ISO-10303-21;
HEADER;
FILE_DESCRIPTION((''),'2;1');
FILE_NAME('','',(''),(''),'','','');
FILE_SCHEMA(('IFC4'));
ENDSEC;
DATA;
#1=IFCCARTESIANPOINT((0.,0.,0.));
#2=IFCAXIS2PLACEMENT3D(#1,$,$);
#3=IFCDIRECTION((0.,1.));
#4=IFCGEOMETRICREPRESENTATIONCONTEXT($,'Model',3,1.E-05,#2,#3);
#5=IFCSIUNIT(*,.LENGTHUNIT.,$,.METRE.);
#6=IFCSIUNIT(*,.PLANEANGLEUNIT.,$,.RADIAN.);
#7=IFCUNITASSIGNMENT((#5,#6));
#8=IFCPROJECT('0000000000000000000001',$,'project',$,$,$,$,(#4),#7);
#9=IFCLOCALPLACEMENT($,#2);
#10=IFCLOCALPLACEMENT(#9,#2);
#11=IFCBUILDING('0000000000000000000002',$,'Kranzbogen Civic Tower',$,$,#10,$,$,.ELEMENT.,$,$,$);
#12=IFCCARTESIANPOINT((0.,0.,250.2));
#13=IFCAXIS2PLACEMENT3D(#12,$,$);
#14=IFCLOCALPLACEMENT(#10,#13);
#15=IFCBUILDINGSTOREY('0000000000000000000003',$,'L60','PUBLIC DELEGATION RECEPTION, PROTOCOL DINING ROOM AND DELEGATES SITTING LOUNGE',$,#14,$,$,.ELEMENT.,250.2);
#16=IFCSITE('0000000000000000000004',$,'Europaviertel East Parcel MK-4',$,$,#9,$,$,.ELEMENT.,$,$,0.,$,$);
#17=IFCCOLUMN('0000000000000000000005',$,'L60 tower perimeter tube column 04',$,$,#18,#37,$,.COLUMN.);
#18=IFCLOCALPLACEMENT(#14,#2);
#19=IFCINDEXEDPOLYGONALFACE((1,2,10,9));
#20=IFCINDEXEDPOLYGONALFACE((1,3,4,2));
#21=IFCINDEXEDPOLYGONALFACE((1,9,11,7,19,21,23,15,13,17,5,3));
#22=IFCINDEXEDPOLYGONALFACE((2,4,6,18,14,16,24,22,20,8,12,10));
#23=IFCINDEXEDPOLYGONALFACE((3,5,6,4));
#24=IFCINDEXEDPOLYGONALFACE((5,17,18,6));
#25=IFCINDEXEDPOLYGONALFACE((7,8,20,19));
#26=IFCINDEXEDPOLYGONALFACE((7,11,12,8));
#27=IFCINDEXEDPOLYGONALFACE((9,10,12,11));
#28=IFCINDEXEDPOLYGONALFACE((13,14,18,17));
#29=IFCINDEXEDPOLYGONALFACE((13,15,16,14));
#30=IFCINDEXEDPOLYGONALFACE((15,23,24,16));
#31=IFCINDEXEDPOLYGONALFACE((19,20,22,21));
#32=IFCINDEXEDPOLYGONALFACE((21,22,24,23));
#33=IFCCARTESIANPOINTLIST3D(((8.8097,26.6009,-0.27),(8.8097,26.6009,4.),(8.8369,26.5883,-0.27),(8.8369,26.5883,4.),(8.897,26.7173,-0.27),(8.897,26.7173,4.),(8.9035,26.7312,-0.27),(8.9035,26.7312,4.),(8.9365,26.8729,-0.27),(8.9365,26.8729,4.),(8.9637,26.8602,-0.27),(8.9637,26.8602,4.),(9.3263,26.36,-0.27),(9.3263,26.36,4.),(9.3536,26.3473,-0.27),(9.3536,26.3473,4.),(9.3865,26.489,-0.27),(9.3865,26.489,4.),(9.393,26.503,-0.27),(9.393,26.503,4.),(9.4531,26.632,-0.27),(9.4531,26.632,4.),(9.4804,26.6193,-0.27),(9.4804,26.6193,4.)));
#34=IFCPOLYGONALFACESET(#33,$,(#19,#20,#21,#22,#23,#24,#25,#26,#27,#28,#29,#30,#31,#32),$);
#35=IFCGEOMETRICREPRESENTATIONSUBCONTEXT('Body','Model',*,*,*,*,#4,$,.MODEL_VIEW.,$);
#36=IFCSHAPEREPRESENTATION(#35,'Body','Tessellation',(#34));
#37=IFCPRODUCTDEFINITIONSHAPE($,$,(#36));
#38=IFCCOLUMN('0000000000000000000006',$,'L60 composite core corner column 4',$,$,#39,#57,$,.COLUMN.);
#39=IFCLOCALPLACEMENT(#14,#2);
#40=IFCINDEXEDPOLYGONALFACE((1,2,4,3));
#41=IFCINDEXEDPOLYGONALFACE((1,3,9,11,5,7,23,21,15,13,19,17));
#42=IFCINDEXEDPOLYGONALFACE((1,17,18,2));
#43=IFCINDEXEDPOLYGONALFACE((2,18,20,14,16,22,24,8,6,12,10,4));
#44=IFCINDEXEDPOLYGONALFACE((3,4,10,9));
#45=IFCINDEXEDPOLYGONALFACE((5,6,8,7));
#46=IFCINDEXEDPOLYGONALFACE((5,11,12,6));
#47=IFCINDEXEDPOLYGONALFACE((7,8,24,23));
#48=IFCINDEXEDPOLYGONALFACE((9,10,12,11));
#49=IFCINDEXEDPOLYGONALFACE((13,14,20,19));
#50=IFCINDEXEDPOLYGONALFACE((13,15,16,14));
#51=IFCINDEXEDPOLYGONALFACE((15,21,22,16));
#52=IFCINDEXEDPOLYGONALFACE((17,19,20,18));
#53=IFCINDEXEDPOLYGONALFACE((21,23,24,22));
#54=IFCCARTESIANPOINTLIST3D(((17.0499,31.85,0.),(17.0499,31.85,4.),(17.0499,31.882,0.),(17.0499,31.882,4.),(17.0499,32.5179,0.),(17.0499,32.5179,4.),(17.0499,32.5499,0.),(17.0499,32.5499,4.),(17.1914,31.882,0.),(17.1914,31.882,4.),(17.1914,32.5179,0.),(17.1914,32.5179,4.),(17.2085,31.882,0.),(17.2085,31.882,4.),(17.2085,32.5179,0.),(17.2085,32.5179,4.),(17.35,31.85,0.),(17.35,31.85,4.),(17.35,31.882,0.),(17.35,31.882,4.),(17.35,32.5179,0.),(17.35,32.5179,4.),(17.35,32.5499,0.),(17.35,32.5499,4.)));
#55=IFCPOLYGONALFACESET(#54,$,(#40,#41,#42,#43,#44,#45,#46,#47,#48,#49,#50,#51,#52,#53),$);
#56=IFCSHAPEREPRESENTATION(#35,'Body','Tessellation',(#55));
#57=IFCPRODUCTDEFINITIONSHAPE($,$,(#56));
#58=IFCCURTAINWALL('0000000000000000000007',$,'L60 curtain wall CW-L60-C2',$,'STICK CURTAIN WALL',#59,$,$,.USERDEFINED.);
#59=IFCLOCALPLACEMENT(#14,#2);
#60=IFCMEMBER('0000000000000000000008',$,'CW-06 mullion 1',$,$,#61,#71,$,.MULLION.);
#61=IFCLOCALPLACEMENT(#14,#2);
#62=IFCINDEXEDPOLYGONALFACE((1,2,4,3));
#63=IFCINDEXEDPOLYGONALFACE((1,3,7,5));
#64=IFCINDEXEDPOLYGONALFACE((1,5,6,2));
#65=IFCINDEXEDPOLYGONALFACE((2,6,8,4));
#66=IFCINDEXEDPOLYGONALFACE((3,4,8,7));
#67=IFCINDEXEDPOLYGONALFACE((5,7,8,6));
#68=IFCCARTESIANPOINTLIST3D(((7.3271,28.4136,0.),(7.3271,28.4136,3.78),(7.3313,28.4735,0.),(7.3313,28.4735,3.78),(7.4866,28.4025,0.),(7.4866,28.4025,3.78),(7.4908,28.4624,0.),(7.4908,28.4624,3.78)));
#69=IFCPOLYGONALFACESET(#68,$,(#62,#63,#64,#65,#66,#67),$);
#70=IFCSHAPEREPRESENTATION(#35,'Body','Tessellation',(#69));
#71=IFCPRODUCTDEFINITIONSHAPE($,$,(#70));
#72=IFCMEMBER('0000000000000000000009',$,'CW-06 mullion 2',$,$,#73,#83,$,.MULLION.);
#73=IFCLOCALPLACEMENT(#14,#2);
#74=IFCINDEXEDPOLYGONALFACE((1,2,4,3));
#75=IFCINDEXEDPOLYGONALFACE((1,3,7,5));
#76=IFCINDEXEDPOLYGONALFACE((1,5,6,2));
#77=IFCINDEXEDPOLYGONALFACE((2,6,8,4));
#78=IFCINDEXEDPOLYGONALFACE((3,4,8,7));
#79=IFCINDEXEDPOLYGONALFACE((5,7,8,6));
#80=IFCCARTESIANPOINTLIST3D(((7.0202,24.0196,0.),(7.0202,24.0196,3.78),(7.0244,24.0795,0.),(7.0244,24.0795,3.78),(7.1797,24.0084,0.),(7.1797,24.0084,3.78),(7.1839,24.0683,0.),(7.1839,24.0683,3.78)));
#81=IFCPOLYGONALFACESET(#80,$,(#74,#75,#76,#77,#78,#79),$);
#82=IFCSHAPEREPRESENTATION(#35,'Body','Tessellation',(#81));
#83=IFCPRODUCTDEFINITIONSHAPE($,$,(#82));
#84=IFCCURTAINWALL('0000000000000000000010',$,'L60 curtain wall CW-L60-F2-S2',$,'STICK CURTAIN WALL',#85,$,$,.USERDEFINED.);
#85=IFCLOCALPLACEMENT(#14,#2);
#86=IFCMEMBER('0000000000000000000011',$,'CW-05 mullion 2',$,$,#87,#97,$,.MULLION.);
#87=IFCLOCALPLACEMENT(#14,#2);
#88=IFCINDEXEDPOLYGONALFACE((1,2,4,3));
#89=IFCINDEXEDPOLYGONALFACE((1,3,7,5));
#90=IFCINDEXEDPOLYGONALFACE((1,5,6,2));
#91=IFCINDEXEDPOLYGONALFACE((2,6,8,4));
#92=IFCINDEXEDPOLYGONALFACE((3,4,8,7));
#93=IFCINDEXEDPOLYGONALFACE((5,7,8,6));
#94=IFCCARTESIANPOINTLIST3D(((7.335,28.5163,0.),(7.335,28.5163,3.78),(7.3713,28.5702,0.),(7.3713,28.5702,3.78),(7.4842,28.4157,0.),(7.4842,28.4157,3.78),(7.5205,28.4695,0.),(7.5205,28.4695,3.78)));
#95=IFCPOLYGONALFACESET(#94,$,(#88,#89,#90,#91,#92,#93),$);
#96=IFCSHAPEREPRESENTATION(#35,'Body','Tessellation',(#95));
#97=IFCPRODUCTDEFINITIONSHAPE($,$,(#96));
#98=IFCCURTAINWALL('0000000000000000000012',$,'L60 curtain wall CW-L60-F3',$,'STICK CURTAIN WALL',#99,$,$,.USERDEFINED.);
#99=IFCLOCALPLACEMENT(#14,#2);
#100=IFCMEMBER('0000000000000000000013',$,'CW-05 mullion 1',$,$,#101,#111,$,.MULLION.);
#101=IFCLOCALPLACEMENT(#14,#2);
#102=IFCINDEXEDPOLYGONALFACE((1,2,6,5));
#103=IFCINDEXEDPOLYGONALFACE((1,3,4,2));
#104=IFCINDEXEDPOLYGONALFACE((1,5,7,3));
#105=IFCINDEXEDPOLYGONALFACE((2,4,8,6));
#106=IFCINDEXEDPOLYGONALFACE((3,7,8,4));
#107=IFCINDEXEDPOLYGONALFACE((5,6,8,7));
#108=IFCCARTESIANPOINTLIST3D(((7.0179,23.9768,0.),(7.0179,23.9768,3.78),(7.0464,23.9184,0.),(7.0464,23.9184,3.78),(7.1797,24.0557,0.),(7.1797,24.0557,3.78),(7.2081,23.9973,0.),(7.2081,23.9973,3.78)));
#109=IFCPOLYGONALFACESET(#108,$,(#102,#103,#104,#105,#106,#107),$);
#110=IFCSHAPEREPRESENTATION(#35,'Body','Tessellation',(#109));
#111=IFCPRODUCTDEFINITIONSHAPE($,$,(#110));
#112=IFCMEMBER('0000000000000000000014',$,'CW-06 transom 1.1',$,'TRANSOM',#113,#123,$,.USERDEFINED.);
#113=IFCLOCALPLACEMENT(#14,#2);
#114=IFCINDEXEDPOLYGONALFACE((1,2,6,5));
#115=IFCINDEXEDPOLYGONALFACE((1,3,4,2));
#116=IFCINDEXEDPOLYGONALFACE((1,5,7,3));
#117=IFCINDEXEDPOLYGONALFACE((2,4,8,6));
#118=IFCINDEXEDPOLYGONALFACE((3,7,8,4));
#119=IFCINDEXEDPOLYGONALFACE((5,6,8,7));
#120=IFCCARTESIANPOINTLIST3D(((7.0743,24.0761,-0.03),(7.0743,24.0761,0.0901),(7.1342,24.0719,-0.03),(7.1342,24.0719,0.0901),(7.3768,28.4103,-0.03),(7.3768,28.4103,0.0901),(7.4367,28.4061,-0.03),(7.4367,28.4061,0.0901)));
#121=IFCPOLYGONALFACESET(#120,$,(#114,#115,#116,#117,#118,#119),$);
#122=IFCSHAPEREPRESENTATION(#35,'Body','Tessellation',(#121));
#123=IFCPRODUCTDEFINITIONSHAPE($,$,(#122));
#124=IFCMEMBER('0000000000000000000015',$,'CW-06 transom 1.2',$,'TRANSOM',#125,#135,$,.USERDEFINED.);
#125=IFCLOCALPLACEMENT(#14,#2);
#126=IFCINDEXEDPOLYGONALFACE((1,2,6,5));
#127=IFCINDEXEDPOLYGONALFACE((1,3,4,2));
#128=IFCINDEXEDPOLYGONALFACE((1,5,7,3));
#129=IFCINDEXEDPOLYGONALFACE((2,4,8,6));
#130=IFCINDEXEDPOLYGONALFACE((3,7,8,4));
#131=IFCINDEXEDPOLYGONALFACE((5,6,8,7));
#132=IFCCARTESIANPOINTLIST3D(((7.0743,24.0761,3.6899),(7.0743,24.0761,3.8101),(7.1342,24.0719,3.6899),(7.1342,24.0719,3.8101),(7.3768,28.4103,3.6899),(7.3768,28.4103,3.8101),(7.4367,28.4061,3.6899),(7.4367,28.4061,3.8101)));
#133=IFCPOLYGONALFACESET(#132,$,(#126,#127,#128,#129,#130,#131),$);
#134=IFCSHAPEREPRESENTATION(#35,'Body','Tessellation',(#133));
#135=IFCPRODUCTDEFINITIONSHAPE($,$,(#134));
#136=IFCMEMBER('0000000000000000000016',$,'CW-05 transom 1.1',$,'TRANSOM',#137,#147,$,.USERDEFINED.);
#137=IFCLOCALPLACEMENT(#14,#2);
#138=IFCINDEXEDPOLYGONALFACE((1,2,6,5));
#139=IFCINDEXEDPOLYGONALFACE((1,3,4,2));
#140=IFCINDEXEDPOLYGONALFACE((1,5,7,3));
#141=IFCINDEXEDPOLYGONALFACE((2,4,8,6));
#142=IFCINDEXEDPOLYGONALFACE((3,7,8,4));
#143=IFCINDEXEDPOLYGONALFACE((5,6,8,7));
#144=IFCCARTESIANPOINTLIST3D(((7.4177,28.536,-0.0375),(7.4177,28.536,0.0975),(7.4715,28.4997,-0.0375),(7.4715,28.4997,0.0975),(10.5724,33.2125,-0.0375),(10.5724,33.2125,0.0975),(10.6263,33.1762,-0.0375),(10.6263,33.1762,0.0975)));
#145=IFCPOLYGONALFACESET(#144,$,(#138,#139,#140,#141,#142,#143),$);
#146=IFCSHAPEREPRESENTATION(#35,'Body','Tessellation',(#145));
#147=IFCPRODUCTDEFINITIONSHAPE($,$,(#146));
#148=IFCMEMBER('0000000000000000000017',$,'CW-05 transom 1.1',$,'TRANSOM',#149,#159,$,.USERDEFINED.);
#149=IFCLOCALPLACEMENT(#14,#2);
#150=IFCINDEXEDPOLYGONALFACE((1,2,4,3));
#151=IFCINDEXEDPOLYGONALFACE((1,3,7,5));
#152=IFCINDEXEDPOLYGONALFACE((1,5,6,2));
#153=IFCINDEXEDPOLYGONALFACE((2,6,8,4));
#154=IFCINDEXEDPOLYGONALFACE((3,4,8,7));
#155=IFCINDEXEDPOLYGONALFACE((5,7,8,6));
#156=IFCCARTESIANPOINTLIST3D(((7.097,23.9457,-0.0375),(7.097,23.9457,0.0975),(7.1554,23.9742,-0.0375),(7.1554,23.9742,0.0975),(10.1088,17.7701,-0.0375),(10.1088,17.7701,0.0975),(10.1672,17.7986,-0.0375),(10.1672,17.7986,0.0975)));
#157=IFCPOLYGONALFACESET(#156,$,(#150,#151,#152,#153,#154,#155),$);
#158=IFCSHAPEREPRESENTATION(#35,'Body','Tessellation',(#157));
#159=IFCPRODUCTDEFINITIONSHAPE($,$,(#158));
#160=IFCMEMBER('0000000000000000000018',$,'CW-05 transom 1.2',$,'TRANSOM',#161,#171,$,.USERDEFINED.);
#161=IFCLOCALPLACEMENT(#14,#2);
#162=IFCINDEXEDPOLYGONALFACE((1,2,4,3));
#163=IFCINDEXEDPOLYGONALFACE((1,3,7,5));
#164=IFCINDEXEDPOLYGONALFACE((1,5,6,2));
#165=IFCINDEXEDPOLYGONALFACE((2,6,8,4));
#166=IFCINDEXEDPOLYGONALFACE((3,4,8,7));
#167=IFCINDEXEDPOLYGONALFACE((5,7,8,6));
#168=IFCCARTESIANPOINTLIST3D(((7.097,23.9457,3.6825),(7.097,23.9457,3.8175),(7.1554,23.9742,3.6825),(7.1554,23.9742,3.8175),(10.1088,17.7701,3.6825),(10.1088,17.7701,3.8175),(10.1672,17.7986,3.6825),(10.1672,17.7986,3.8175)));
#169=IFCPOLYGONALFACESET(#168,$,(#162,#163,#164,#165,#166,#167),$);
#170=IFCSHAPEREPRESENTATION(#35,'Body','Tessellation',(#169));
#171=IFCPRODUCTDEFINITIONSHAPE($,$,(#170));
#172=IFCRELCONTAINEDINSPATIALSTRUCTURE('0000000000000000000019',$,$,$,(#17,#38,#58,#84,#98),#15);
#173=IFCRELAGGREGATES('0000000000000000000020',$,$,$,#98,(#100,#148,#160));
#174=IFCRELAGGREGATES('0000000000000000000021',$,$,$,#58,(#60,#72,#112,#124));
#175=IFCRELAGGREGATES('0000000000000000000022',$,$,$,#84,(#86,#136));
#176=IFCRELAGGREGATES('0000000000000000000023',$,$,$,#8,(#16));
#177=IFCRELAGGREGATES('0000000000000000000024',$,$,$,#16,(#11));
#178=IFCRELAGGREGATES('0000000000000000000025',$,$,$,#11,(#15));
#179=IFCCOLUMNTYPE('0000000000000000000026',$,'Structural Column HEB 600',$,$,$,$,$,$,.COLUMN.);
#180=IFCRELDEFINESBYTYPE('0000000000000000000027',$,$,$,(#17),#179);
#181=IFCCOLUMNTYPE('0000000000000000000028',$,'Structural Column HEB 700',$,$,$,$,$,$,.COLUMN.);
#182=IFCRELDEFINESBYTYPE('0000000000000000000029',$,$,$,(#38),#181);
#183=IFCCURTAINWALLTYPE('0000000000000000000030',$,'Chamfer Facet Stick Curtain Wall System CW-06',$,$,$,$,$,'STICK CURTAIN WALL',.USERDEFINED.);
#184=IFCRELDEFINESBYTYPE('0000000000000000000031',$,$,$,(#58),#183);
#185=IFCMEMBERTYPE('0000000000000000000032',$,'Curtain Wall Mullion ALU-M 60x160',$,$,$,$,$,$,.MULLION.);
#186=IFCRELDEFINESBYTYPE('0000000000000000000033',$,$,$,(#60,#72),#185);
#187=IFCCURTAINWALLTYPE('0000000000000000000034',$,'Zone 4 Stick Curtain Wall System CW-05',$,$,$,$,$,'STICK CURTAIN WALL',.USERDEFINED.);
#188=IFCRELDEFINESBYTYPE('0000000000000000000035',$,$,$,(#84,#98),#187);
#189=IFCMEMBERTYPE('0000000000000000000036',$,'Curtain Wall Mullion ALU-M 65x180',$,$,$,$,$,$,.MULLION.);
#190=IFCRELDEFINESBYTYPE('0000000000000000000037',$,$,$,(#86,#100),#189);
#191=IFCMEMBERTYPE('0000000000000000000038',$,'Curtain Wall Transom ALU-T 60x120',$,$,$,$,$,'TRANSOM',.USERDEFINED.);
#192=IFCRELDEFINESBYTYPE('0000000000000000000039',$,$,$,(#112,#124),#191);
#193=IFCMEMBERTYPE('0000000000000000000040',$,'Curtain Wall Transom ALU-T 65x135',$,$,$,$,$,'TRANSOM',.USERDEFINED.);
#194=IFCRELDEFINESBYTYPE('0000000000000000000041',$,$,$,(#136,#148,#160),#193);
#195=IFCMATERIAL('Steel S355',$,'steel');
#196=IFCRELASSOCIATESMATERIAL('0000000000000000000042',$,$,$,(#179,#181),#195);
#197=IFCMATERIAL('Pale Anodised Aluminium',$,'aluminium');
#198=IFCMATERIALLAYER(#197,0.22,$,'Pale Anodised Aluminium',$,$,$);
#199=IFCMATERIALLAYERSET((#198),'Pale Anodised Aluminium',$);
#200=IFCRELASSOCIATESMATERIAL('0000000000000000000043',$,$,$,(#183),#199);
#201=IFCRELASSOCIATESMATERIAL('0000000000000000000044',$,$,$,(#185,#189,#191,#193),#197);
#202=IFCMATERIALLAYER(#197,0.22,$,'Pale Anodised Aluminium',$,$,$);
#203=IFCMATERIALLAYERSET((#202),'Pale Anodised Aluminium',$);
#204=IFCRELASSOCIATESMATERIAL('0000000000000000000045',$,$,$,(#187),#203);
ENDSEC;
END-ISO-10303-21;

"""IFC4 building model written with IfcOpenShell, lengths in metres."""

from ifc_helpers import new_model, si_unit, direction, frame, origin, origin_2d, place, context, subcontext, project, spatial, rectangle, i_section, extrude, material, layer, layer_set, material_profile, profile_set, type_object, element, aggregate, save


model = new_model("IFC4")

# Units and contexts
model_context = context("Model", 3, precision=1e-05, world=origin(), true_north=direction((0.0, 1.0)))
body_context = subcontext(model_context, "Body", "Model", "MODEL_VIEW")
ifc_project = project(units=[si_unit("LENGTHUNIT", "METRE"), si_unit("PLANEANGLEUNIT", "RADIAN")], contexts=[model_context])

# Site, building, storey
site_placement = place(None, origin())
site = spatial("IfcSite", under=ifc_project, at=site_placement, Name="Europaviertel East Parcel MK-4", CompositionType="ELEMENT", RefElevation=0.0)
building_placement = place(site_placement, origin())
building = spatial("IfcBuilding", under=site, at=building_placement, Name="Kranzbogen Civic Tower", CompositionType="ELEMENT")
storey_placement = place(building_placement, frame((0.0, 0.0, 250.2)))
storey = spatial("IfcBuildingStorey", under=building, at=storey_placement, Name="L60", Description="PUBLIC DELEGATION RECEPTION, PROTOCOL DINING ROOM AND DELEGATES SITTING LOUNGE", CompositionType="ELEMENT", Elevation=250.2)

# Columns
ifc_material_1 = material(Name="Steel S355", Category="steel")
ifc_material_profile_1 = material_profile(ifc_material_1, i_section(OverallWidth=0.3, OverallDepth=0.6001, WebThickness=0.0154, FlangeThickness=0.03, at=origin_2d()), Name="HEB 600")
ifc_profile_set_1 = profile_set([ifc_material_profile_1], Name="Steel S355")
column_type_1 = type_object("IfcColumnType", Name="Structural Column HEB 600", PredefinedType="COLUMN", material=ifc_profile_set_1)
column_1_placement = place(storey_placement, frame((9.145, 26.6101, -0.27), z_axis=(0.0, 0.0, 1.0), x_axis=(0.422618, 0.906308, 0.0)))
element("IfcColumn", 1, at=column_1_placement, inside=storey, type_object=column_type_1, Name="L60 tower perimeter tube column 04", PredefinedType="COLUMN", context=body_context, shape_type="SweptSolid", body=[
    extrude(i_section(OverallWidth=0.3, OverallDepth=0.6001, WebThickness=0.0154, FlangeThickness=0.03, at=origin_2d()), origin(), (0.0, 0.0, 1.0), 4.27),
])
ifc_material_profile_2 = material_profile(ifc_material_1, i_section(OverallWidth=0.3, OverallDepth=0.7, WebThickness=0.0171, FlangeThickness=0.032, at=origin_2d()), Name="HEB 700")
ifc_profile_set_2 = profile_set([ifc_material_profile_2], Name="Steel S355")
column_type_2 = type_object("IfcColumnType", Name="Structural Column HEB 700", PredefinedType="COLUMN", material=ifc_profile_set_2)
column_2_placement = place(storey_placement, frame((17.2, 32.2, 0.0), z_axis=(0.0, 0.0, 1.0), x_axis=(1.0, 0.0, 0.0)))
element("IfcColumn", 2, at=column_2_placement, inside=storey, type_object=column_type_2, Name="L60 composite core corner column 4", PredefinedType="COLUMN", context=body_context, shape_type="SweptSolid", body=[
    extrude(i_section(OverallWidth=0.3, OverallDepth=0.7, WebThickness=0.0171, FlangeThickness=0.032, at=origin_2d()), origin(), (0.0, 0.0, 1.0), 4.0),
])

# Curtain wall, members
ifc_material_2 = material(Name="Pale Anodised Aluminium", Category="aluminium")
ifc_layer_1 = layer(ifc_material_2, 0.22, Name="Pale Anodised Aluminium")
ifc_layer_set_1 = layer_set([ifc_layer_1], Name="Pale Anodised Aluminium")
curtain_wall_type_1 = type_object("IfcCurtainWallType", Name="Chamfer Facet Stick Curtain Wall System CW-06", ElementType="STICK CURTAIN WALL", PredefinedType="USERDEFINED", material=ifc_layer_set_1)
curtain_wall_1_placement = place(storey_placement, origin())
curtain_wall_1 = element("IfcCurtainWall", 3, at=curtain_wall_1_placement, inside=storey, type_object=curtain_wall_type_1, Name="L60 curtain wall CW-L60-C2", ObjectType="STICK CURTAIN WALL", PredefinedType="USERDEFINED")
ifc_material_profile_3 = material_profile(ifc_material_2, rectangle(XDim=0.0601, YDim=0.1599, at=origin_2d()), Name="ALU-M 60x160")
ifc_profile_set_3 = profile_set([ifc_material_profile_3], Name="Pale Anodised Aluminium")
member_type_1 = type_object("IfcMemberType", Name="Curtain Wall Mullion ALU-M 60x160", PredefinedType="MULLION", material=ifc_profile_set_3)
member_1_placement = place(storey_placement, frame((7.4089, 28.438, 0.0), z_axis=(0.0, 0.0, 1.0), x_axis=(-0.069655, -0.997571, 0.0)))
member_1 = element("IfcMember", 4, at=member_1_placement, type_object=member_type_1, Name="CW-06 mullion 1", PredefinedType="MULLION", context=body_context, shape_type="SweptSolid", body=[
    extrude(rectangle(XDim=0.0601, YDim=0.1599, at=origin_2d()), origin(), (0.0, 0.0, 1.0), 3.78),
])
member_2_placement = place(storey_placement, frame((7.1021, 24.0439, 0.0), z_axis=(0.0, 0.0, 1.0), x_axis=(-0.069655, -0.997571, 0.0)))
member_2 = element("IfcMember", 5, at=member_2_placement, type_object=member_type_1, Name="CW-06 mullion 2", PredefinedType="MULLION", context=body_context, shape_type="SweptSolid", body=[
    extrude(rectangle(XDim=0.0601, YDim=0.1599, at=origin_2d()), origin(), (0.0, 0.0, 1.0), 3.78),
])

# Curtain walls, members
ifc_layer_2 = layer(ifc_material_2, 0.22, Name="Pale Anodised Aluminium")
ifc_layer_set_2 = layer_set([ifc_layer_2], Name="Pale Anodised Aluminium")
curtain_wall_type_2 = type_object("IfcCurtainWallType", Name="Zone 4 Stick Curtain Wall System CW-05", ElementType="STICK CURTAIN WALL", PredefinedType="USERDEFINED", material=ifc_layer_set_2)
curtain_wall_2_placement = place(storey_placement, origin())
curtain_wall_2 = element("IfcCurtainWall", 6, at=curtain_wall_2_placement, inside=storey, type_object=curtain_wall_type_2, Name="L60 curtain wall CW-L60-F2-S2", ObjectType="STICK CURTAIN WALL", PredefinedType="USERDEFINED")
ifc_material_profile_4 = material_profile(ifc_material_2, rectangle(XDim=0.0649, YDim=0.1799, at=origin_2d()), Name="ALU-M 65x180")
ifc_profile_set_4 = profile_set([ifc_material_profile_4], Name="Pale Anodised Aluminium")
member_type_2 = type_object("IfcMemberType", Name="Curtain Wall Mullion ALU-M 65x180", PredefinedType="MULLION", material=ifc_profile_set_4)
member_3_placement = place(storey_placement, frame((7.4277, 28.4929, 0.0), z_axis=(0.0, 0.0, 1.0), x_axis=(-0.559258, -0.828994, 0.0)))
member_3 = element("IfcMember", 7, at=member_3_placement, type_object=member_type_2, Name="CW-05 mullion 2", PredefinedType="MULLION", context=body_context, shape_type="SweptSolid", body=[
    extrude(rectangle(XDim=0.0649, YDim=0.1799, at=origin_2d()), origin(), (0.0, 0.0, 1.0), 3.78),
])
curtain_wall_3_placement = place(storey_placement, origin())
curtain_wall_3 = element("IfcCurtainWall", 8, at=curtain_wall_3_placement, inside=storey, type_object=curtain_wall_type_2, Name="L60 curtain wall CW-L60-F3", ObjectType="STICK CURTAIN WALL", PredefinedType="USERDEFINED")
member_4_placement = place(storey_placement, frame((7.113, 23.9871, 0.0), z_axis=(0.0, 0.0, 1.0), x_axis=(0.438313, -0.898822, 0.0)))
member_4 = element("IfcMember", 9, at=member_4_placement, type_object=member_type_2, Name="CW-05 mullion 1", PredefinedType="MULLION", context=body_context, shape_type="SweptSolid", body=[
    extrude(rectangle(XDim=0.0649, YDim=0.1799, at=origin_2d()), origin(), (0.0, 0.0, 1.0), 3.78),
])

# Members
ifc_material_profile_5 = material_profile(ifc_material_2, rectangle(XDim=0.0601, YDim=0.1201, at=origin_2d()), Name="ALU-T 60x120")
ifc_profile_set_5 = profile_set([ifc_material_profile_5], Name="Pale Anodised Aluminium")
member_type_3 = type_object("IfcMemberType", Name="Curtain Wall Transom ALU-T 60x120", ElementType="TRANSOM", PredefinedType="USERDEFINED", material=ifc_profile_set_5)
member_5_placement = place(storey_placement, frame((7.4067, 28.4082, 0.03), z_axis=(-0.069622, -0.997573, 0.0), x_axis=(0.997573, -0.069622, 0.0)))
member_5 = element("IfcMember", 10, at=member_5_placement, type_object=member_type_3, Name="CW-06 transom 1.1", ObjectType="TRANSOM", PredefinedType="USERDEFINED", context=body_context, shape_type="SweptSolid", body=[
    extrude(rectangle(XDim=0.0601, YDim=0.1201, at=origin_2d()), origin(), (0.0, 0.0, 1.0), 4.3447),
])
member_6_placement = place(storey_placement, frame((7.4067, 28.4082, 3.75), z_axis=(-0.069622, -0.997573, 0.0), x_axis=(0.997573, -0.069622, 0.0)))
member_6 = element("IfcMember", 11, at=member_6_placement, type_object=member_type_3, Name="CW-06 transom 1.2", ObjectType="TRANSOM", PredefinedType="USERDEFINED", context=body_context, shape_type="SweptSolid", body=[
    extrude(rectangle(XDim=0.0601, YDim=0.1201, at=origin_2d()), origin(), (0.0, 0.0, 1.0), 4.3447),
])
ifc_material_profile_6 = material_profile(ifc_material_2, rectangle(XDim=0.0649, YDim=0.135, at=origin_2d()), Name="ALU-T 65x135")
ifc_profile_set_6 = profile_set([ifc_material_profile_6], Name="Pale Anodised Aluminium")
member_type_4 = type_object("IfcMemberType", Name="Curtain Wall Transom ALU-T 65x135", ElementType="TRANSOM", PredefinedType="USERDEFINED", material=ifc_profile_set_6)
member_7_placement = place(storey_placement, frame((10.5994, 33.1943, 0.03), z_axis=(-0.559246, -0.829002, 0.0), x_axis=(0.829002, -0.559246, 0.0)))
member_7 = element("IfcMember", 12, at=member_7_placement, type_object=member_type_4, Name="CW-05 transom 1.1", ObjectType="TRANSOM", PredefinedType="USERDEFINED", context=body_context, shape_type="SweptSolid", body=[
    extrude(rectangle(XDim=0.0649, YDim=0.135, at=origin_2d()), origin(), (0.0, 0.0, 1.0), 5.6411),
])
member_8_placement = place(storey_placement, frame((7.1262, 23.96, 0.03), z_axis=(0.438337, -0.898811, 0.0), x_axis=(0.898811, 0.438337, 0.0)))
member_8 = element("IfcMember", 13, at=member_8_placement, type_object=member_type_4, Name="CW-05 transom 1.1", ObjectType="TRANSOM", PredefinedType="USERDEFINED", context=body_context, shape_type="SweptSolid", body=[
    extrude(rectangle(XDim=0.0649, YDim=0.135, at=origin_2d()), origin(), (0.0, 0.0, 1.0), 6.8708),
])
member_9_placement = place(storey_placement, frame((7.1262, 23.96, 3.75), z_axis=(0.438337, -0.898811, 0.0), x_axis=(0.898811, 0.438337, 0.0)))
member_9 = element("IfcMember", 14, at=member_9_placement, type_object=member_type_4, Name="CW-05 transom 1.2", ObjectType="TRANSOM", PredefinedType="USERDEFINED", context=body_context, shape_type="SweptSolid", body=[
    extrude(rectangle(XDim=0.0649, YDim=0.135, at=origin_2d()), origin(), (0.0, 0.0, 1.0), 6.8708),
])
aggregate(curtain_wall_3, [member_4, member_8, member_9])

aggregate(curtain_wall_1, [member_1, member_2, member_5, member_6])
aggregate(curtain_wall_2, [member_3, member_7])

save(model, "model.ifc")
